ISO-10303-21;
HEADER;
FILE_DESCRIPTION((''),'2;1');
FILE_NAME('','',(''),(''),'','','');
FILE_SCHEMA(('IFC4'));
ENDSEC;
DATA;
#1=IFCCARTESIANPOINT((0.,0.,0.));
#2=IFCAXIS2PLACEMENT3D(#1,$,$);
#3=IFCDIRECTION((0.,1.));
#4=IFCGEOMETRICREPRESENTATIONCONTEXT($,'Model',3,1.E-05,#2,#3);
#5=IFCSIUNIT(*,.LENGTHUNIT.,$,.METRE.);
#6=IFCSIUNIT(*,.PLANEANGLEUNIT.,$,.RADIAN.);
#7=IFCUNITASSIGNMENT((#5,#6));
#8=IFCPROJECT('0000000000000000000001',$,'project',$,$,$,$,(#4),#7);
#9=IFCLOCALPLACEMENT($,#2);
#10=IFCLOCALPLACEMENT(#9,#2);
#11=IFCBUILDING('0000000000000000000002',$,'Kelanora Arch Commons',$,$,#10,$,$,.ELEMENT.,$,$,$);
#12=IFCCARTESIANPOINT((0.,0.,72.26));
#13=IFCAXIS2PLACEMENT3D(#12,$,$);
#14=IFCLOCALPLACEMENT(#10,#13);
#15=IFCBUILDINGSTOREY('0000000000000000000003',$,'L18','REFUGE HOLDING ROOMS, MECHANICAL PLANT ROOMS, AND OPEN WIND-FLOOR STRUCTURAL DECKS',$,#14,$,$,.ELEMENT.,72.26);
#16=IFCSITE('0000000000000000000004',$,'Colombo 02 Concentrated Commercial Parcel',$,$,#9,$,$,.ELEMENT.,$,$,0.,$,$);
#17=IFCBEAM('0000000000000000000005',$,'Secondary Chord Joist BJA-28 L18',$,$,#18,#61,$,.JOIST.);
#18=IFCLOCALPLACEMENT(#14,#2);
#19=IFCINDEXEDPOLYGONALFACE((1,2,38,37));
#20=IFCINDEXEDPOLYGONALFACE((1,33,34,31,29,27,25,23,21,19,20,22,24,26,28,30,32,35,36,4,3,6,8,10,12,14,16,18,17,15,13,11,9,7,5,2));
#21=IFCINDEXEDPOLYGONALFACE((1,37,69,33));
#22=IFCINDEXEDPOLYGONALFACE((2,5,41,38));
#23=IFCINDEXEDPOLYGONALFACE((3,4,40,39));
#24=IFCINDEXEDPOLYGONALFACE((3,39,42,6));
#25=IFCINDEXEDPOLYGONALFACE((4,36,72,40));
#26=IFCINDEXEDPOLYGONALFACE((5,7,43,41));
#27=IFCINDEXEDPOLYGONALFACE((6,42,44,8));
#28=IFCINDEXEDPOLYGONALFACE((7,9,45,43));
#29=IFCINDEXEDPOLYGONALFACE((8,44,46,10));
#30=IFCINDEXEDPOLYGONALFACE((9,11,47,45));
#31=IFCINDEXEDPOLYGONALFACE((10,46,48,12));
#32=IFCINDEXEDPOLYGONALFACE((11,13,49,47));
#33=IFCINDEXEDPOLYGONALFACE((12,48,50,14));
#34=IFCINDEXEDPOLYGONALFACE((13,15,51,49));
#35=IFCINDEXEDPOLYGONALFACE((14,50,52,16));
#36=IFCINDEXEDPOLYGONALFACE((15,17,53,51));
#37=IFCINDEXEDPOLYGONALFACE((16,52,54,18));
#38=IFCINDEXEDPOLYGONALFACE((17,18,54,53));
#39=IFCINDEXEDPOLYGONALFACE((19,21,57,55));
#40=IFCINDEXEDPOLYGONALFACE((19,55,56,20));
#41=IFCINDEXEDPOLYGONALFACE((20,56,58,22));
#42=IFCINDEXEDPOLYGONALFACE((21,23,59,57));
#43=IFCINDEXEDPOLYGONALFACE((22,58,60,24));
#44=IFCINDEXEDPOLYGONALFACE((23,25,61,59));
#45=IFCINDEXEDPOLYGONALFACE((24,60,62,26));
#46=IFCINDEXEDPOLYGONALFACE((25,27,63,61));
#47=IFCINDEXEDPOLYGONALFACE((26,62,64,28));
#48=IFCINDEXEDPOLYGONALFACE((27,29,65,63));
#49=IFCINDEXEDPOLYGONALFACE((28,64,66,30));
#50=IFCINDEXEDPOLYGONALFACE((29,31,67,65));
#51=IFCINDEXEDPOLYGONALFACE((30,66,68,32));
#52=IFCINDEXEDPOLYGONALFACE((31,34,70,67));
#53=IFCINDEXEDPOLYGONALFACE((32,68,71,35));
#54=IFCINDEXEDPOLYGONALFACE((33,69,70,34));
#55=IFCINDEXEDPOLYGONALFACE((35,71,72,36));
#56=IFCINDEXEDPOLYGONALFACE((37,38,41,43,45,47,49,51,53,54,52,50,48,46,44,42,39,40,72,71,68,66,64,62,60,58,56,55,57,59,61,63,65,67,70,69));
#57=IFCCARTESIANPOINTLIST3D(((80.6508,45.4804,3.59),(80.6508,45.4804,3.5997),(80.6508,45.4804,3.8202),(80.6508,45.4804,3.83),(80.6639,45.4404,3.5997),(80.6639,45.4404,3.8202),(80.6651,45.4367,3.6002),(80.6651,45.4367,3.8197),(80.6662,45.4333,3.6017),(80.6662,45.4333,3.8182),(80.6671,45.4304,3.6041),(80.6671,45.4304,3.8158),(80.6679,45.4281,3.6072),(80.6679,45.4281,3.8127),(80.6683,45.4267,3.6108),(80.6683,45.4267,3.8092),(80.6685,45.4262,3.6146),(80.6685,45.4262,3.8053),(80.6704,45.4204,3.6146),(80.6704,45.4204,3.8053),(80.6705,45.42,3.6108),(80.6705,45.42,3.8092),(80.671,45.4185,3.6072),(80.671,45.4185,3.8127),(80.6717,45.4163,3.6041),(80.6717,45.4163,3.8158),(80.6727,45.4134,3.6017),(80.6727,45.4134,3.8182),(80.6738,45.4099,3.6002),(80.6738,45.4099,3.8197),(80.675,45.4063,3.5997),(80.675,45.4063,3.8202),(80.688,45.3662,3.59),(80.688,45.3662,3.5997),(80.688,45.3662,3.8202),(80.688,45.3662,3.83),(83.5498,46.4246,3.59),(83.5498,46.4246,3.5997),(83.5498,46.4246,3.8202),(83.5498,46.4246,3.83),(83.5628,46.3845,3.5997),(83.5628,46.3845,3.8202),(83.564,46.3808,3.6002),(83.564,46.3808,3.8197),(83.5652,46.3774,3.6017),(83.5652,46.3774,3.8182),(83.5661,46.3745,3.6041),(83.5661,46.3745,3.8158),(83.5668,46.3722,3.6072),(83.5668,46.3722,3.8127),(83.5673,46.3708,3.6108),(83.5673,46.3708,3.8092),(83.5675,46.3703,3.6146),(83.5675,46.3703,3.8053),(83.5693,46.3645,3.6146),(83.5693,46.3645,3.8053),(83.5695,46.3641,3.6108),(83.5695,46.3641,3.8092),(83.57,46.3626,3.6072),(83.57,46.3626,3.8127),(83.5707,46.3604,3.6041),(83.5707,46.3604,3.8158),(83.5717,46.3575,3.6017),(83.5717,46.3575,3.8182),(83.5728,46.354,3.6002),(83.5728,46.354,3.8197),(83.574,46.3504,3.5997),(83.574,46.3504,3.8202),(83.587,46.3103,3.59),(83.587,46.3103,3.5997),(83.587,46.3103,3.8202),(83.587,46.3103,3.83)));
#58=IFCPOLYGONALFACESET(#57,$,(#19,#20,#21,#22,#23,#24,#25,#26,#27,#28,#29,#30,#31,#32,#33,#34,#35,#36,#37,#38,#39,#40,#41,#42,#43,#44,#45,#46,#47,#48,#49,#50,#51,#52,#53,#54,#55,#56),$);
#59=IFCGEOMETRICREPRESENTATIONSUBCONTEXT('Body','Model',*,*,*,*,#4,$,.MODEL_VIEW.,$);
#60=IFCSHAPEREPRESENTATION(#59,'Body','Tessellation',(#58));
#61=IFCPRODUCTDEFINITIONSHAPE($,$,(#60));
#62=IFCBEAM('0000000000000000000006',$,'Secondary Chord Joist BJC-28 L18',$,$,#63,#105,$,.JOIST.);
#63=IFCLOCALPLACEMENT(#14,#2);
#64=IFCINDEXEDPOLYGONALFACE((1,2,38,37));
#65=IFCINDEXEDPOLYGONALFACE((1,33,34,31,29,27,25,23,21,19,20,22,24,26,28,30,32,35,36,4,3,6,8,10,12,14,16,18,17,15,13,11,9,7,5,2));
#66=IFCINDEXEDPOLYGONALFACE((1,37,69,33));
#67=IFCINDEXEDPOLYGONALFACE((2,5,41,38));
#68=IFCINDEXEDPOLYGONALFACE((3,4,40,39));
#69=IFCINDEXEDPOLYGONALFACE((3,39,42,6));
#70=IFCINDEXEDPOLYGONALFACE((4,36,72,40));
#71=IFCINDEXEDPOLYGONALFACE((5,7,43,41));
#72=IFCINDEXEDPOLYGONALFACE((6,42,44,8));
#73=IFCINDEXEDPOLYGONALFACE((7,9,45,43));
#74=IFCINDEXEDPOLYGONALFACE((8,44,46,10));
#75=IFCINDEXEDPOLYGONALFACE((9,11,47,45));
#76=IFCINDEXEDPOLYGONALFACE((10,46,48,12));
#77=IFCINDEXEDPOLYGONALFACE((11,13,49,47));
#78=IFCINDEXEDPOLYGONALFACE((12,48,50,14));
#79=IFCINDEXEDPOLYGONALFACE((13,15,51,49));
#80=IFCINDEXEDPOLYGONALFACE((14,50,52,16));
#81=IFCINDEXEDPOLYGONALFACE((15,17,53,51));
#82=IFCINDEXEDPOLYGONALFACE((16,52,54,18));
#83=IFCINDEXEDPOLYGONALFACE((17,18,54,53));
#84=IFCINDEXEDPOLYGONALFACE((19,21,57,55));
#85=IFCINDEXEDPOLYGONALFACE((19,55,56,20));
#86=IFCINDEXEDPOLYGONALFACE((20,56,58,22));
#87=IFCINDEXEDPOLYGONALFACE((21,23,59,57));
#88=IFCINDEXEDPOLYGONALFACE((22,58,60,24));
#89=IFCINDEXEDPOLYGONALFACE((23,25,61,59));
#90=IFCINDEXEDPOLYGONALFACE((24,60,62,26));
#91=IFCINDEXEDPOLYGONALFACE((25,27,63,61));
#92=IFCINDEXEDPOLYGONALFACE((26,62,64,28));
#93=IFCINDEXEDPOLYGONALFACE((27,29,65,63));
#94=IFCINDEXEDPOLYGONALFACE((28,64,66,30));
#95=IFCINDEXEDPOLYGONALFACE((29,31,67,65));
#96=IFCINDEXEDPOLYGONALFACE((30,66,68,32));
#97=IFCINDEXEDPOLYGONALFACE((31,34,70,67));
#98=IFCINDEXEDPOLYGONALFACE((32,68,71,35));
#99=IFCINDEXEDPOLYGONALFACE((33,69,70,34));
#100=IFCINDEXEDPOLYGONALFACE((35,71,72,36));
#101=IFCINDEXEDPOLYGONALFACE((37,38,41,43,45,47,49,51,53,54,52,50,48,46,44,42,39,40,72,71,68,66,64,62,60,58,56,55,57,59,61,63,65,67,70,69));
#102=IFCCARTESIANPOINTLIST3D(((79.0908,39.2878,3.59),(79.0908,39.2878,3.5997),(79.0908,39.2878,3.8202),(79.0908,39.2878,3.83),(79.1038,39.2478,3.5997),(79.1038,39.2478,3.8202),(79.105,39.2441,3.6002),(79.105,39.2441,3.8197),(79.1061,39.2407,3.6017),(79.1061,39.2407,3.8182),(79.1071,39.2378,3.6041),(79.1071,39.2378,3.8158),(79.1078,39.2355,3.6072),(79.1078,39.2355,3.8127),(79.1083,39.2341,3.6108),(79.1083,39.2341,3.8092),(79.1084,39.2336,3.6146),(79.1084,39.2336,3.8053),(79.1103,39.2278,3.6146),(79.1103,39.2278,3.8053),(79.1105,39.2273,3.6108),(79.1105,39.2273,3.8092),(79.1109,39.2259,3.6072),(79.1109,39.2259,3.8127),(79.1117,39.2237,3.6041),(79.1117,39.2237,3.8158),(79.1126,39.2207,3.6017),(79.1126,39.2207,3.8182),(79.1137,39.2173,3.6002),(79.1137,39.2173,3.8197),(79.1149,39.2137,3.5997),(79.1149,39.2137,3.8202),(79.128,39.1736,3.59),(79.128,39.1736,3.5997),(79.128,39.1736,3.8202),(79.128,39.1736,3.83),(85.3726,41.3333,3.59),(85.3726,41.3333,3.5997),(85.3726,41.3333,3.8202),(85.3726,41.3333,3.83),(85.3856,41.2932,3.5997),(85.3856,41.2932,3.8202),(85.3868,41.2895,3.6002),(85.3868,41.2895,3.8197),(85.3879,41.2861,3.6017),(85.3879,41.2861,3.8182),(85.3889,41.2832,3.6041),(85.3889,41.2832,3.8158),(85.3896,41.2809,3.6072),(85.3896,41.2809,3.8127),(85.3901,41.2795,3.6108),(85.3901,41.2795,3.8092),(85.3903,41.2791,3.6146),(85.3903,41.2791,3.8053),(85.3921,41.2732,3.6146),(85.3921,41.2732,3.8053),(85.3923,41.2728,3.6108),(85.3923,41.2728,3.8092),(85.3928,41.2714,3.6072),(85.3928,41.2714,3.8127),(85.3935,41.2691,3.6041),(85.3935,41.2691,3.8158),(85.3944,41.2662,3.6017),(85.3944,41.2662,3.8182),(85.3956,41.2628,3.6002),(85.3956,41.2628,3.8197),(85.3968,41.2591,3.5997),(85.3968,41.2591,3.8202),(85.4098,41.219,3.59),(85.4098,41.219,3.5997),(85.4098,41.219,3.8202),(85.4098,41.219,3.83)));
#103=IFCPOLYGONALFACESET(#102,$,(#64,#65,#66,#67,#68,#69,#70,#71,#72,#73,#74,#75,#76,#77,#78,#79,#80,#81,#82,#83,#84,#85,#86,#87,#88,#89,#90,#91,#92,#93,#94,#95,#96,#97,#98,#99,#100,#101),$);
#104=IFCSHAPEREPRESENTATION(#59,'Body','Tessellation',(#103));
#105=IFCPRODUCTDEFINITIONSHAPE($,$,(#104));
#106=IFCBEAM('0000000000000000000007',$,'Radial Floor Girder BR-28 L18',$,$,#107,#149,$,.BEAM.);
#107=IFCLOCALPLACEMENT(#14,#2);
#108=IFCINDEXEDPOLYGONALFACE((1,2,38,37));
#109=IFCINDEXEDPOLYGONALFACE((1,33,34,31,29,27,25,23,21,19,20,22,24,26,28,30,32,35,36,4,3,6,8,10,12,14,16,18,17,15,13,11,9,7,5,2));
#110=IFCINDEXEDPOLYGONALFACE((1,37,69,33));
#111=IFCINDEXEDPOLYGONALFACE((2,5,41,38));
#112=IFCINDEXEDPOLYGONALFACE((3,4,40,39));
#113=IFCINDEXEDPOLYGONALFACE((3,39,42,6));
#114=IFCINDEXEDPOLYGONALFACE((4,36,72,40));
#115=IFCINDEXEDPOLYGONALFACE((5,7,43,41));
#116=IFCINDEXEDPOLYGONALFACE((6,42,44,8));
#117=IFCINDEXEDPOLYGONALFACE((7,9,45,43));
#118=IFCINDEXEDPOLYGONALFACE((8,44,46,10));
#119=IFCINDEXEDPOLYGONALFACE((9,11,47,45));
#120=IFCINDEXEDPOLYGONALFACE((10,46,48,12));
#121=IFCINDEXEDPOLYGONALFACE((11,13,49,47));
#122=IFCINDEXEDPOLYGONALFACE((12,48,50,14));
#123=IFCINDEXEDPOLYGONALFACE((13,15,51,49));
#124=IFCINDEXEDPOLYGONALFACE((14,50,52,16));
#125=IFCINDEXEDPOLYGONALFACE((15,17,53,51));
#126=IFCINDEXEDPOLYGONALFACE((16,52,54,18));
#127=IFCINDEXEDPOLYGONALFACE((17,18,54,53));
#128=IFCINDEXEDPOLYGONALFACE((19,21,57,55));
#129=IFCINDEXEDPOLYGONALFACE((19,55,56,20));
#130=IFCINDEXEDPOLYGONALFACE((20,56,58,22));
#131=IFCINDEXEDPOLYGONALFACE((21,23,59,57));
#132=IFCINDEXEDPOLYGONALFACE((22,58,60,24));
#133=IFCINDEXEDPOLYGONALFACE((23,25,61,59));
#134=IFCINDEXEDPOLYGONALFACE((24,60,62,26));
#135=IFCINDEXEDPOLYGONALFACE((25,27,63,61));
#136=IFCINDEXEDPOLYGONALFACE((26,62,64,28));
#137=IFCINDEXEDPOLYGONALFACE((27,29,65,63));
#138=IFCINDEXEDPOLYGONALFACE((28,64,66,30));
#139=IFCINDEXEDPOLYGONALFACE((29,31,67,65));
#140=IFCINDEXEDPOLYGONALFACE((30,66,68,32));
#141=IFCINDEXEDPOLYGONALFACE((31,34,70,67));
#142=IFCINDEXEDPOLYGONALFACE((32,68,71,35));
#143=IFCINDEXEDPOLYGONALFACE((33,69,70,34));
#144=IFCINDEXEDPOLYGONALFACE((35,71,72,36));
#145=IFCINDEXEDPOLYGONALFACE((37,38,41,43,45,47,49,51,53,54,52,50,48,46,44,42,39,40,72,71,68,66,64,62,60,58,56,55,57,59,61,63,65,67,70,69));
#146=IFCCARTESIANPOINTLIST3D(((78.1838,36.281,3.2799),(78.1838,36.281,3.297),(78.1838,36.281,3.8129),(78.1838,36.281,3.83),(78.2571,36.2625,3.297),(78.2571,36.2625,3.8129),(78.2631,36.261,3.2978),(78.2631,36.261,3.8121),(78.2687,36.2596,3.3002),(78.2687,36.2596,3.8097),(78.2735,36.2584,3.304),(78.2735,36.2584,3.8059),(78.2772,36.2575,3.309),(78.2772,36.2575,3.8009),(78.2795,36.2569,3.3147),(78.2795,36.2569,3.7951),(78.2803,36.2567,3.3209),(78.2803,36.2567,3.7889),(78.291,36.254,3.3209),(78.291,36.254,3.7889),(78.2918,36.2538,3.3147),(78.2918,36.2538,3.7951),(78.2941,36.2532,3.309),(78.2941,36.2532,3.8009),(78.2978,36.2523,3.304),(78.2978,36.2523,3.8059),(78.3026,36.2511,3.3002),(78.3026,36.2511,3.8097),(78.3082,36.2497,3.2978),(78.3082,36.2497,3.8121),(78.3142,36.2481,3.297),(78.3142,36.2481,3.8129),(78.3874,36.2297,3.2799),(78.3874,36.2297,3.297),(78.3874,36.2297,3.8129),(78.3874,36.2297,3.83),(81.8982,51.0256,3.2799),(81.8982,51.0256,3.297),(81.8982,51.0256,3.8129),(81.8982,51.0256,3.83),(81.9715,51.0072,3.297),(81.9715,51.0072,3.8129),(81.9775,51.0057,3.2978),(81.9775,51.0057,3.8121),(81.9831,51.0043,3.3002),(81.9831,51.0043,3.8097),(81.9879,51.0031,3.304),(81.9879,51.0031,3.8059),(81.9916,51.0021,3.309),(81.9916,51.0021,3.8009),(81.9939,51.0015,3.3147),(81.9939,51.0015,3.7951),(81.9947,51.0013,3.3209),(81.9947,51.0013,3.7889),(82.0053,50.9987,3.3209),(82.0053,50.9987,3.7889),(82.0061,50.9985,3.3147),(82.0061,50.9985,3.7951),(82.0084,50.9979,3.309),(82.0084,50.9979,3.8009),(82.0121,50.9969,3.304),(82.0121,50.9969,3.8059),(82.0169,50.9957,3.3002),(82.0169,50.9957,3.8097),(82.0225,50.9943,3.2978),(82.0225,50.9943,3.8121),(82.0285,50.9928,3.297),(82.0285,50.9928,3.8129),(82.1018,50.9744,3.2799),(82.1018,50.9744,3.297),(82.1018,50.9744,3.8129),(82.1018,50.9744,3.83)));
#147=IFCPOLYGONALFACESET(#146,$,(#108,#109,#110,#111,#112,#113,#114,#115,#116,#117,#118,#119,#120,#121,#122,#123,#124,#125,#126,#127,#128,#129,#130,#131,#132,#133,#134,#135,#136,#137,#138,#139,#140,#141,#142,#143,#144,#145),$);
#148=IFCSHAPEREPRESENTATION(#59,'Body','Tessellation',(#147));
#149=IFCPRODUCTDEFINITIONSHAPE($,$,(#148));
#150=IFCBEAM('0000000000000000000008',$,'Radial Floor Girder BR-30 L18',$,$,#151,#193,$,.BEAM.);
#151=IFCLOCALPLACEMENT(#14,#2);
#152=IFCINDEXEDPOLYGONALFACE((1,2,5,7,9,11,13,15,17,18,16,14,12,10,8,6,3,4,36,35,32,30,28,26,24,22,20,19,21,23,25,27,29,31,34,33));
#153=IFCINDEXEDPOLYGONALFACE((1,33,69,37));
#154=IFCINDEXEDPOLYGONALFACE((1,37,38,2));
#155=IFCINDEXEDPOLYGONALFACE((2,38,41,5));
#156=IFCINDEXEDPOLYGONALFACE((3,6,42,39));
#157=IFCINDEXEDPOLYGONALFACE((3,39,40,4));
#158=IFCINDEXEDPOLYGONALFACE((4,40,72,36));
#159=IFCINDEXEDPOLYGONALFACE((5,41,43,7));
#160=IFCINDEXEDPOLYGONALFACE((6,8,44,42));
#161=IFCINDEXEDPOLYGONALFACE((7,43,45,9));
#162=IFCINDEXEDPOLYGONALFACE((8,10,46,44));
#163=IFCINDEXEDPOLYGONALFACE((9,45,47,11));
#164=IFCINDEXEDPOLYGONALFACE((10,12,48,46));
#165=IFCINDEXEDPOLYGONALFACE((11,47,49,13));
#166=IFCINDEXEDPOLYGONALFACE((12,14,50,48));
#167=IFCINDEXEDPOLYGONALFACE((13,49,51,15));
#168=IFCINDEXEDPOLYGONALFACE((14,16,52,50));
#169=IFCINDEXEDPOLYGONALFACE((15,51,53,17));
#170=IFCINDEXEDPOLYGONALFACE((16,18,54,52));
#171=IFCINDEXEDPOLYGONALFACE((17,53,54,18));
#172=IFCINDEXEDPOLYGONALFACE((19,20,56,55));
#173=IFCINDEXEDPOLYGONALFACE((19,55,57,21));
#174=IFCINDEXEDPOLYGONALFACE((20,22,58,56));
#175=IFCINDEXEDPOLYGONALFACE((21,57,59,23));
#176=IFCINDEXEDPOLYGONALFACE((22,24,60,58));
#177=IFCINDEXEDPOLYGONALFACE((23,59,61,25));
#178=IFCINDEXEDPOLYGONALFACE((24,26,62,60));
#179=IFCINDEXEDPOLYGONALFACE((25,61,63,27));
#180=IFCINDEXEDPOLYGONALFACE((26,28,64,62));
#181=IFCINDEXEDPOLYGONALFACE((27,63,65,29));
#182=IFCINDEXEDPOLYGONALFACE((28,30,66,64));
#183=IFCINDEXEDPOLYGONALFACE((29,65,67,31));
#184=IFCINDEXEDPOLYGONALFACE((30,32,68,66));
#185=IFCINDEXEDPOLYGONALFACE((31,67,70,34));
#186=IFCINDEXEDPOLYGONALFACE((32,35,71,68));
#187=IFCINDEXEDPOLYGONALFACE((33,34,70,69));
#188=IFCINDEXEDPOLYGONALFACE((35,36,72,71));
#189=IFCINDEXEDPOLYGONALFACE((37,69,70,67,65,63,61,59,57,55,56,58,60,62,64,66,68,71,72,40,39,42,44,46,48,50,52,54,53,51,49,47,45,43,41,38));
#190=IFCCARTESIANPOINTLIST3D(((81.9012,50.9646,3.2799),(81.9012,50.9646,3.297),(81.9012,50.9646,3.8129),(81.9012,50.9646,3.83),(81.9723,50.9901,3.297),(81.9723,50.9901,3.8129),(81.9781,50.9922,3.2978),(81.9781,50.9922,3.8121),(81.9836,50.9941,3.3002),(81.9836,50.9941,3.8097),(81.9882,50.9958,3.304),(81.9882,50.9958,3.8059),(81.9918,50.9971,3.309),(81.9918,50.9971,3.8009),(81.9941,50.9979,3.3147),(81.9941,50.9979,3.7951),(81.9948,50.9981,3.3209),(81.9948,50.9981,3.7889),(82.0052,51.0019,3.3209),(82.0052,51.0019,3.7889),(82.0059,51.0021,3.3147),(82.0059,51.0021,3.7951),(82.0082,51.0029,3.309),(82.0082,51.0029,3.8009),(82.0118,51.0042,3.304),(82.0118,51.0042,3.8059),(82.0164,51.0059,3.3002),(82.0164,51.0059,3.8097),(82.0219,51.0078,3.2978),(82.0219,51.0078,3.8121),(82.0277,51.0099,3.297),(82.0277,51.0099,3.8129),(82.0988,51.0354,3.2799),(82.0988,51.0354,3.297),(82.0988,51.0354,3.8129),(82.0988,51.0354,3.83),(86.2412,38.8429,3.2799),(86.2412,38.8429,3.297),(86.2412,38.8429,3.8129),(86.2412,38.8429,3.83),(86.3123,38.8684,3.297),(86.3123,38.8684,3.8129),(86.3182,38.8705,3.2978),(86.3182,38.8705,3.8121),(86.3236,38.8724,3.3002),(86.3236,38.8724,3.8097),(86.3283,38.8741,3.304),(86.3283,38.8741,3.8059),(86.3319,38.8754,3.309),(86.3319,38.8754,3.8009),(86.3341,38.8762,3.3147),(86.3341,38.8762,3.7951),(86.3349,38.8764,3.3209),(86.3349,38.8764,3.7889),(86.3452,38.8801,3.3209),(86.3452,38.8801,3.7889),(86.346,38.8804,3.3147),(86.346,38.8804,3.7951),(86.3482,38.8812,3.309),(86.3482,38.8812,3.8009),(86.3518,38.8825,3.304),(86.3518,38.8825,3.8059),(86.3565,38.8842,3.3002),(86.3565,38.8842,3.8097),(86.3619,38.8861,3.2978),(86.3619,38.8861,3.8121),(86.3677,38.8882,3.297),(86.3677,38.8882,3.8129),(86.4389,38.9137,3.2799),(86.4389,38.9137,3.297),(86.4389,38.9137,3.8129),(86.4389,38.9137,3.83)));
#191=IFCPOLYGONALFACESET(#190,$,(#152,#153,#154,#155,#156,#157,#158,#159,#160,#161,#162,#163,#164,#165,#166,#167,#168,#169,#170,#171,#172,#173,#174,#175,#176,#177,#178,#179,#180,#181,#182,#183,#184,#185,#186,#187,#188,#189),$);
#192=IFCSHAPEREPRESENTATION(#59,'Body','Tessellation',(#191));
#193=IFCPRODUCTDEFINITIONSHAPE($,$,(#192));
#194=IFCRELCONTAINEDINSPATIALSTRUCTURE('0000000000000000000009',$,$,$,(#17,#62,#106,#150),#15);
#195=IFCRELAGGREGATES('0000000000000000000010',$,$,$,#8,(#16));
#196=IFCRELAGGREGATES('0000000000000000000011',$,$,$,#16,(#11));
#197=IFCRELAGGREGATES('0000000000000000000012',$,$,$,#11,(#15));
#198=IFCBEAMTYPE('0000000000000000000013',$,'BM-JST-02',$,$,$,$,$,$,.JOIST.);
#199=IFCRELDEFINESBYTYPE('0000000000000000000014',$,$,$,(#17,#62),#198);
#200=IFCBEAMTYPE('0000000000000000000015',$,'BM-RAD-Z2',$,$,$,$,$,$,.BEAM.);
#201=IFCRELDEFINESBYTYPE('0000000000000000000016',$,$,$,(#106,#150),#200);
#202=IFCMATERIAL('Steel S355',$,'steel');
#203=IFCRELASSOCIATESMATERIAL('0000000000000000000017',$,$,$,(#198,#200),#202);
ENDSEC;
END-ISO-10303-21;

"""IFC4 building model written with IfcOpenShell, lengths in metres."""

from ifc_helpers import new_model, si_unit, direction, frame, origin, origin_2d, place, context, subcontext, project, spatial, i_section, extrude, material, material_profile, profile_set, type_object, element, save


model = new_model("IFC4")

# Units and contexts
model_context = context("Model", 3, precision=1e-05, world=origin(), true_north=direction((0.0, 1.0)))
body_context = subcontext(model_context, "Body", "Model", "MODEL_VIEW")
ifc_project = project(units=[si_unit("LENGTHUNIT", "METRE"), si_unit("PLANEANGLEUNIT", "RADIAN")], contexts=[model_context])

# Site, building, storey
site_placement = place(None, origin())
site = spatial("IfcSite", under=ifc_project, at=site_placement, Name="Colombo 02 Concentrated Commercial Parcel", CompositionType="ELEMENT", RefElevation=0.0)
building_placement = place(site_placement, origin())
building = spatial("IfcBuilding", under=site, at=building_placement, Name="Kelanora Arch Commons", CompositionType="ELEMENT")
storey_placement = place(building_placement, frame((0.0, 0.0, 72.26)))
storey = spatial("IfcBuildingStorey", under=building, at=storey_placement, Name="L18", Description="REFUGE HOLDING ROOMS, MECHANICAL PLANT ROOMS, AND OPEN WIND-FLOOR STRUCTURAL DECKS", CompositionType="ELEMENT", Elevation=72.26)

# Beams
ifc_material_1 = material(Name="Steel S355", Category="steel")
ifc_material_profile_1 = material_profile(ifc_material_1, i_section(OverallWidth=0.1201, OverallDepth=0.24, WebThickness=0.0061, FlangeThickness=0.0098, FilletRadius=0.0149, at=origin_2d()), Name="IPE240")
ifc_profile_set_1 = profile_set([ifc_material_profile_1], Name="Steel S355")
beam_type_1 = type_object("IfcBeamType", Name="BM-JST-02", PredefinedType="JOIST", material=ifc_profile_set_1)
beam_1_placement = place(storey_placement, frame((80.6694, 45.4233, 3.71), z_axis=(0.950847, 0.309662, 0.0), x_axis=(-0.309662, 0.950847, 0.0)))
element("IfcBeam", 1, at=beam_1_placement, inside=storey, type_object=beam_type_1, Name="Secondary Chord Joist BJA-28 L18", PredefinedType="JOIST", context=body_context, shape_type="SweptSolid", body=[
    extrude(i_section(OverallWidth=0.1201, OverallDepth=0.24, WebThickness=0.0061, FlangeThickness=0.0098, FilletRadius=0.0149, at=origin_2d()), origin(), (0.0, 0.0, 1.0), 3.0488),
])
beam_2_placement = place(storey_placement, frame((79.1094, 39.2307, 3.71), z_axis=(0.950863, 0.309612, 0.0), x_axis=(-0.309612, 0.950863, 0.0)))
element("IfcBeam", 2, at=beam_2_placement, inside=storey, type_object=beam_type_1, Name="Secondary Chord Joist BJC-28 L18", PredefinedType="JOIST", context=body_context, shape_type="SweptSolid", body=[
    extrude(i_section(OverallWidth=0.1201, OverallDepth=0.24, WebThickness=0.0061, FlangeThickness=0.0098, FilletRadius=0.0149, at=origin_2d()), origin(), (0.0, 0.0, 1.0), 6.6064),
])
ifc_material_profile_2 = material_profile(ifc_material_1, i_section(OverallWidth=0.21, OverallDepth=0.55, WebThickness=0.011, FlangeThickness=0.0171, FilletRadius=0.0239, at=origin_2d()), Name="IPE550")
ifc_profile_set_2 = profile_set([ifc_material_profile_2], Name="Steel S355")
beam_type_2 = type_object("IfcBeamType", Name="BM-RAD-Z2", PredefinedType="BEAM", material=ifc_profile_set_2)
beam_3_placement = place(storey_placement, frame((82.0, 51.0, 3.5549), z_axis=(-0.244281, -0.969705, 0.0), x_axis=(0.969705, -0.244281, 0.0)))
element("IfcBeam", 3, at=beam_3_placement, inside=storey, type_object=beam_type_2, Name="Radial Floor Girder BR-28 L18", PredefinedType="BEAM", context=body_context, shape_type="SweptSolid", body=[
    extrude(i_section(OverallWidth=0.21, OverallDepth=0.55, WebThickness=0.011, FlangeThickness=0.0171, FilletRadius=0.0239, at=origin_2d()), origin(), (0.0, 0.0, 1.0), 15.2053),
])
beam_4_placement = place(storey_placement, frame((82.0, 51.0, 3.5549), z_axis=(0.337085, -0.941474, 0.0), x_axis=(0.941474, 0.337085, 0.0)))
element("IfcBeam", 4, at=beam_4_placement, inside=storey, type_object=beam_type_2, Name="Radial Floor Girder BR-30 L18", PredefinedType="BEAM", context=body_context, shape_type="SweptSolid", body=[
    extrude(i_section(OverallWidth=0.21, OverallDepth=0.55, WebThickness=0.011, FlangeThickness=0.0171, FilletRadius=0.0239, at=origin_2d()), origin(), (0.0, 0.0, 1.0), 12.8752),
])

save(model, "model.ifc")
